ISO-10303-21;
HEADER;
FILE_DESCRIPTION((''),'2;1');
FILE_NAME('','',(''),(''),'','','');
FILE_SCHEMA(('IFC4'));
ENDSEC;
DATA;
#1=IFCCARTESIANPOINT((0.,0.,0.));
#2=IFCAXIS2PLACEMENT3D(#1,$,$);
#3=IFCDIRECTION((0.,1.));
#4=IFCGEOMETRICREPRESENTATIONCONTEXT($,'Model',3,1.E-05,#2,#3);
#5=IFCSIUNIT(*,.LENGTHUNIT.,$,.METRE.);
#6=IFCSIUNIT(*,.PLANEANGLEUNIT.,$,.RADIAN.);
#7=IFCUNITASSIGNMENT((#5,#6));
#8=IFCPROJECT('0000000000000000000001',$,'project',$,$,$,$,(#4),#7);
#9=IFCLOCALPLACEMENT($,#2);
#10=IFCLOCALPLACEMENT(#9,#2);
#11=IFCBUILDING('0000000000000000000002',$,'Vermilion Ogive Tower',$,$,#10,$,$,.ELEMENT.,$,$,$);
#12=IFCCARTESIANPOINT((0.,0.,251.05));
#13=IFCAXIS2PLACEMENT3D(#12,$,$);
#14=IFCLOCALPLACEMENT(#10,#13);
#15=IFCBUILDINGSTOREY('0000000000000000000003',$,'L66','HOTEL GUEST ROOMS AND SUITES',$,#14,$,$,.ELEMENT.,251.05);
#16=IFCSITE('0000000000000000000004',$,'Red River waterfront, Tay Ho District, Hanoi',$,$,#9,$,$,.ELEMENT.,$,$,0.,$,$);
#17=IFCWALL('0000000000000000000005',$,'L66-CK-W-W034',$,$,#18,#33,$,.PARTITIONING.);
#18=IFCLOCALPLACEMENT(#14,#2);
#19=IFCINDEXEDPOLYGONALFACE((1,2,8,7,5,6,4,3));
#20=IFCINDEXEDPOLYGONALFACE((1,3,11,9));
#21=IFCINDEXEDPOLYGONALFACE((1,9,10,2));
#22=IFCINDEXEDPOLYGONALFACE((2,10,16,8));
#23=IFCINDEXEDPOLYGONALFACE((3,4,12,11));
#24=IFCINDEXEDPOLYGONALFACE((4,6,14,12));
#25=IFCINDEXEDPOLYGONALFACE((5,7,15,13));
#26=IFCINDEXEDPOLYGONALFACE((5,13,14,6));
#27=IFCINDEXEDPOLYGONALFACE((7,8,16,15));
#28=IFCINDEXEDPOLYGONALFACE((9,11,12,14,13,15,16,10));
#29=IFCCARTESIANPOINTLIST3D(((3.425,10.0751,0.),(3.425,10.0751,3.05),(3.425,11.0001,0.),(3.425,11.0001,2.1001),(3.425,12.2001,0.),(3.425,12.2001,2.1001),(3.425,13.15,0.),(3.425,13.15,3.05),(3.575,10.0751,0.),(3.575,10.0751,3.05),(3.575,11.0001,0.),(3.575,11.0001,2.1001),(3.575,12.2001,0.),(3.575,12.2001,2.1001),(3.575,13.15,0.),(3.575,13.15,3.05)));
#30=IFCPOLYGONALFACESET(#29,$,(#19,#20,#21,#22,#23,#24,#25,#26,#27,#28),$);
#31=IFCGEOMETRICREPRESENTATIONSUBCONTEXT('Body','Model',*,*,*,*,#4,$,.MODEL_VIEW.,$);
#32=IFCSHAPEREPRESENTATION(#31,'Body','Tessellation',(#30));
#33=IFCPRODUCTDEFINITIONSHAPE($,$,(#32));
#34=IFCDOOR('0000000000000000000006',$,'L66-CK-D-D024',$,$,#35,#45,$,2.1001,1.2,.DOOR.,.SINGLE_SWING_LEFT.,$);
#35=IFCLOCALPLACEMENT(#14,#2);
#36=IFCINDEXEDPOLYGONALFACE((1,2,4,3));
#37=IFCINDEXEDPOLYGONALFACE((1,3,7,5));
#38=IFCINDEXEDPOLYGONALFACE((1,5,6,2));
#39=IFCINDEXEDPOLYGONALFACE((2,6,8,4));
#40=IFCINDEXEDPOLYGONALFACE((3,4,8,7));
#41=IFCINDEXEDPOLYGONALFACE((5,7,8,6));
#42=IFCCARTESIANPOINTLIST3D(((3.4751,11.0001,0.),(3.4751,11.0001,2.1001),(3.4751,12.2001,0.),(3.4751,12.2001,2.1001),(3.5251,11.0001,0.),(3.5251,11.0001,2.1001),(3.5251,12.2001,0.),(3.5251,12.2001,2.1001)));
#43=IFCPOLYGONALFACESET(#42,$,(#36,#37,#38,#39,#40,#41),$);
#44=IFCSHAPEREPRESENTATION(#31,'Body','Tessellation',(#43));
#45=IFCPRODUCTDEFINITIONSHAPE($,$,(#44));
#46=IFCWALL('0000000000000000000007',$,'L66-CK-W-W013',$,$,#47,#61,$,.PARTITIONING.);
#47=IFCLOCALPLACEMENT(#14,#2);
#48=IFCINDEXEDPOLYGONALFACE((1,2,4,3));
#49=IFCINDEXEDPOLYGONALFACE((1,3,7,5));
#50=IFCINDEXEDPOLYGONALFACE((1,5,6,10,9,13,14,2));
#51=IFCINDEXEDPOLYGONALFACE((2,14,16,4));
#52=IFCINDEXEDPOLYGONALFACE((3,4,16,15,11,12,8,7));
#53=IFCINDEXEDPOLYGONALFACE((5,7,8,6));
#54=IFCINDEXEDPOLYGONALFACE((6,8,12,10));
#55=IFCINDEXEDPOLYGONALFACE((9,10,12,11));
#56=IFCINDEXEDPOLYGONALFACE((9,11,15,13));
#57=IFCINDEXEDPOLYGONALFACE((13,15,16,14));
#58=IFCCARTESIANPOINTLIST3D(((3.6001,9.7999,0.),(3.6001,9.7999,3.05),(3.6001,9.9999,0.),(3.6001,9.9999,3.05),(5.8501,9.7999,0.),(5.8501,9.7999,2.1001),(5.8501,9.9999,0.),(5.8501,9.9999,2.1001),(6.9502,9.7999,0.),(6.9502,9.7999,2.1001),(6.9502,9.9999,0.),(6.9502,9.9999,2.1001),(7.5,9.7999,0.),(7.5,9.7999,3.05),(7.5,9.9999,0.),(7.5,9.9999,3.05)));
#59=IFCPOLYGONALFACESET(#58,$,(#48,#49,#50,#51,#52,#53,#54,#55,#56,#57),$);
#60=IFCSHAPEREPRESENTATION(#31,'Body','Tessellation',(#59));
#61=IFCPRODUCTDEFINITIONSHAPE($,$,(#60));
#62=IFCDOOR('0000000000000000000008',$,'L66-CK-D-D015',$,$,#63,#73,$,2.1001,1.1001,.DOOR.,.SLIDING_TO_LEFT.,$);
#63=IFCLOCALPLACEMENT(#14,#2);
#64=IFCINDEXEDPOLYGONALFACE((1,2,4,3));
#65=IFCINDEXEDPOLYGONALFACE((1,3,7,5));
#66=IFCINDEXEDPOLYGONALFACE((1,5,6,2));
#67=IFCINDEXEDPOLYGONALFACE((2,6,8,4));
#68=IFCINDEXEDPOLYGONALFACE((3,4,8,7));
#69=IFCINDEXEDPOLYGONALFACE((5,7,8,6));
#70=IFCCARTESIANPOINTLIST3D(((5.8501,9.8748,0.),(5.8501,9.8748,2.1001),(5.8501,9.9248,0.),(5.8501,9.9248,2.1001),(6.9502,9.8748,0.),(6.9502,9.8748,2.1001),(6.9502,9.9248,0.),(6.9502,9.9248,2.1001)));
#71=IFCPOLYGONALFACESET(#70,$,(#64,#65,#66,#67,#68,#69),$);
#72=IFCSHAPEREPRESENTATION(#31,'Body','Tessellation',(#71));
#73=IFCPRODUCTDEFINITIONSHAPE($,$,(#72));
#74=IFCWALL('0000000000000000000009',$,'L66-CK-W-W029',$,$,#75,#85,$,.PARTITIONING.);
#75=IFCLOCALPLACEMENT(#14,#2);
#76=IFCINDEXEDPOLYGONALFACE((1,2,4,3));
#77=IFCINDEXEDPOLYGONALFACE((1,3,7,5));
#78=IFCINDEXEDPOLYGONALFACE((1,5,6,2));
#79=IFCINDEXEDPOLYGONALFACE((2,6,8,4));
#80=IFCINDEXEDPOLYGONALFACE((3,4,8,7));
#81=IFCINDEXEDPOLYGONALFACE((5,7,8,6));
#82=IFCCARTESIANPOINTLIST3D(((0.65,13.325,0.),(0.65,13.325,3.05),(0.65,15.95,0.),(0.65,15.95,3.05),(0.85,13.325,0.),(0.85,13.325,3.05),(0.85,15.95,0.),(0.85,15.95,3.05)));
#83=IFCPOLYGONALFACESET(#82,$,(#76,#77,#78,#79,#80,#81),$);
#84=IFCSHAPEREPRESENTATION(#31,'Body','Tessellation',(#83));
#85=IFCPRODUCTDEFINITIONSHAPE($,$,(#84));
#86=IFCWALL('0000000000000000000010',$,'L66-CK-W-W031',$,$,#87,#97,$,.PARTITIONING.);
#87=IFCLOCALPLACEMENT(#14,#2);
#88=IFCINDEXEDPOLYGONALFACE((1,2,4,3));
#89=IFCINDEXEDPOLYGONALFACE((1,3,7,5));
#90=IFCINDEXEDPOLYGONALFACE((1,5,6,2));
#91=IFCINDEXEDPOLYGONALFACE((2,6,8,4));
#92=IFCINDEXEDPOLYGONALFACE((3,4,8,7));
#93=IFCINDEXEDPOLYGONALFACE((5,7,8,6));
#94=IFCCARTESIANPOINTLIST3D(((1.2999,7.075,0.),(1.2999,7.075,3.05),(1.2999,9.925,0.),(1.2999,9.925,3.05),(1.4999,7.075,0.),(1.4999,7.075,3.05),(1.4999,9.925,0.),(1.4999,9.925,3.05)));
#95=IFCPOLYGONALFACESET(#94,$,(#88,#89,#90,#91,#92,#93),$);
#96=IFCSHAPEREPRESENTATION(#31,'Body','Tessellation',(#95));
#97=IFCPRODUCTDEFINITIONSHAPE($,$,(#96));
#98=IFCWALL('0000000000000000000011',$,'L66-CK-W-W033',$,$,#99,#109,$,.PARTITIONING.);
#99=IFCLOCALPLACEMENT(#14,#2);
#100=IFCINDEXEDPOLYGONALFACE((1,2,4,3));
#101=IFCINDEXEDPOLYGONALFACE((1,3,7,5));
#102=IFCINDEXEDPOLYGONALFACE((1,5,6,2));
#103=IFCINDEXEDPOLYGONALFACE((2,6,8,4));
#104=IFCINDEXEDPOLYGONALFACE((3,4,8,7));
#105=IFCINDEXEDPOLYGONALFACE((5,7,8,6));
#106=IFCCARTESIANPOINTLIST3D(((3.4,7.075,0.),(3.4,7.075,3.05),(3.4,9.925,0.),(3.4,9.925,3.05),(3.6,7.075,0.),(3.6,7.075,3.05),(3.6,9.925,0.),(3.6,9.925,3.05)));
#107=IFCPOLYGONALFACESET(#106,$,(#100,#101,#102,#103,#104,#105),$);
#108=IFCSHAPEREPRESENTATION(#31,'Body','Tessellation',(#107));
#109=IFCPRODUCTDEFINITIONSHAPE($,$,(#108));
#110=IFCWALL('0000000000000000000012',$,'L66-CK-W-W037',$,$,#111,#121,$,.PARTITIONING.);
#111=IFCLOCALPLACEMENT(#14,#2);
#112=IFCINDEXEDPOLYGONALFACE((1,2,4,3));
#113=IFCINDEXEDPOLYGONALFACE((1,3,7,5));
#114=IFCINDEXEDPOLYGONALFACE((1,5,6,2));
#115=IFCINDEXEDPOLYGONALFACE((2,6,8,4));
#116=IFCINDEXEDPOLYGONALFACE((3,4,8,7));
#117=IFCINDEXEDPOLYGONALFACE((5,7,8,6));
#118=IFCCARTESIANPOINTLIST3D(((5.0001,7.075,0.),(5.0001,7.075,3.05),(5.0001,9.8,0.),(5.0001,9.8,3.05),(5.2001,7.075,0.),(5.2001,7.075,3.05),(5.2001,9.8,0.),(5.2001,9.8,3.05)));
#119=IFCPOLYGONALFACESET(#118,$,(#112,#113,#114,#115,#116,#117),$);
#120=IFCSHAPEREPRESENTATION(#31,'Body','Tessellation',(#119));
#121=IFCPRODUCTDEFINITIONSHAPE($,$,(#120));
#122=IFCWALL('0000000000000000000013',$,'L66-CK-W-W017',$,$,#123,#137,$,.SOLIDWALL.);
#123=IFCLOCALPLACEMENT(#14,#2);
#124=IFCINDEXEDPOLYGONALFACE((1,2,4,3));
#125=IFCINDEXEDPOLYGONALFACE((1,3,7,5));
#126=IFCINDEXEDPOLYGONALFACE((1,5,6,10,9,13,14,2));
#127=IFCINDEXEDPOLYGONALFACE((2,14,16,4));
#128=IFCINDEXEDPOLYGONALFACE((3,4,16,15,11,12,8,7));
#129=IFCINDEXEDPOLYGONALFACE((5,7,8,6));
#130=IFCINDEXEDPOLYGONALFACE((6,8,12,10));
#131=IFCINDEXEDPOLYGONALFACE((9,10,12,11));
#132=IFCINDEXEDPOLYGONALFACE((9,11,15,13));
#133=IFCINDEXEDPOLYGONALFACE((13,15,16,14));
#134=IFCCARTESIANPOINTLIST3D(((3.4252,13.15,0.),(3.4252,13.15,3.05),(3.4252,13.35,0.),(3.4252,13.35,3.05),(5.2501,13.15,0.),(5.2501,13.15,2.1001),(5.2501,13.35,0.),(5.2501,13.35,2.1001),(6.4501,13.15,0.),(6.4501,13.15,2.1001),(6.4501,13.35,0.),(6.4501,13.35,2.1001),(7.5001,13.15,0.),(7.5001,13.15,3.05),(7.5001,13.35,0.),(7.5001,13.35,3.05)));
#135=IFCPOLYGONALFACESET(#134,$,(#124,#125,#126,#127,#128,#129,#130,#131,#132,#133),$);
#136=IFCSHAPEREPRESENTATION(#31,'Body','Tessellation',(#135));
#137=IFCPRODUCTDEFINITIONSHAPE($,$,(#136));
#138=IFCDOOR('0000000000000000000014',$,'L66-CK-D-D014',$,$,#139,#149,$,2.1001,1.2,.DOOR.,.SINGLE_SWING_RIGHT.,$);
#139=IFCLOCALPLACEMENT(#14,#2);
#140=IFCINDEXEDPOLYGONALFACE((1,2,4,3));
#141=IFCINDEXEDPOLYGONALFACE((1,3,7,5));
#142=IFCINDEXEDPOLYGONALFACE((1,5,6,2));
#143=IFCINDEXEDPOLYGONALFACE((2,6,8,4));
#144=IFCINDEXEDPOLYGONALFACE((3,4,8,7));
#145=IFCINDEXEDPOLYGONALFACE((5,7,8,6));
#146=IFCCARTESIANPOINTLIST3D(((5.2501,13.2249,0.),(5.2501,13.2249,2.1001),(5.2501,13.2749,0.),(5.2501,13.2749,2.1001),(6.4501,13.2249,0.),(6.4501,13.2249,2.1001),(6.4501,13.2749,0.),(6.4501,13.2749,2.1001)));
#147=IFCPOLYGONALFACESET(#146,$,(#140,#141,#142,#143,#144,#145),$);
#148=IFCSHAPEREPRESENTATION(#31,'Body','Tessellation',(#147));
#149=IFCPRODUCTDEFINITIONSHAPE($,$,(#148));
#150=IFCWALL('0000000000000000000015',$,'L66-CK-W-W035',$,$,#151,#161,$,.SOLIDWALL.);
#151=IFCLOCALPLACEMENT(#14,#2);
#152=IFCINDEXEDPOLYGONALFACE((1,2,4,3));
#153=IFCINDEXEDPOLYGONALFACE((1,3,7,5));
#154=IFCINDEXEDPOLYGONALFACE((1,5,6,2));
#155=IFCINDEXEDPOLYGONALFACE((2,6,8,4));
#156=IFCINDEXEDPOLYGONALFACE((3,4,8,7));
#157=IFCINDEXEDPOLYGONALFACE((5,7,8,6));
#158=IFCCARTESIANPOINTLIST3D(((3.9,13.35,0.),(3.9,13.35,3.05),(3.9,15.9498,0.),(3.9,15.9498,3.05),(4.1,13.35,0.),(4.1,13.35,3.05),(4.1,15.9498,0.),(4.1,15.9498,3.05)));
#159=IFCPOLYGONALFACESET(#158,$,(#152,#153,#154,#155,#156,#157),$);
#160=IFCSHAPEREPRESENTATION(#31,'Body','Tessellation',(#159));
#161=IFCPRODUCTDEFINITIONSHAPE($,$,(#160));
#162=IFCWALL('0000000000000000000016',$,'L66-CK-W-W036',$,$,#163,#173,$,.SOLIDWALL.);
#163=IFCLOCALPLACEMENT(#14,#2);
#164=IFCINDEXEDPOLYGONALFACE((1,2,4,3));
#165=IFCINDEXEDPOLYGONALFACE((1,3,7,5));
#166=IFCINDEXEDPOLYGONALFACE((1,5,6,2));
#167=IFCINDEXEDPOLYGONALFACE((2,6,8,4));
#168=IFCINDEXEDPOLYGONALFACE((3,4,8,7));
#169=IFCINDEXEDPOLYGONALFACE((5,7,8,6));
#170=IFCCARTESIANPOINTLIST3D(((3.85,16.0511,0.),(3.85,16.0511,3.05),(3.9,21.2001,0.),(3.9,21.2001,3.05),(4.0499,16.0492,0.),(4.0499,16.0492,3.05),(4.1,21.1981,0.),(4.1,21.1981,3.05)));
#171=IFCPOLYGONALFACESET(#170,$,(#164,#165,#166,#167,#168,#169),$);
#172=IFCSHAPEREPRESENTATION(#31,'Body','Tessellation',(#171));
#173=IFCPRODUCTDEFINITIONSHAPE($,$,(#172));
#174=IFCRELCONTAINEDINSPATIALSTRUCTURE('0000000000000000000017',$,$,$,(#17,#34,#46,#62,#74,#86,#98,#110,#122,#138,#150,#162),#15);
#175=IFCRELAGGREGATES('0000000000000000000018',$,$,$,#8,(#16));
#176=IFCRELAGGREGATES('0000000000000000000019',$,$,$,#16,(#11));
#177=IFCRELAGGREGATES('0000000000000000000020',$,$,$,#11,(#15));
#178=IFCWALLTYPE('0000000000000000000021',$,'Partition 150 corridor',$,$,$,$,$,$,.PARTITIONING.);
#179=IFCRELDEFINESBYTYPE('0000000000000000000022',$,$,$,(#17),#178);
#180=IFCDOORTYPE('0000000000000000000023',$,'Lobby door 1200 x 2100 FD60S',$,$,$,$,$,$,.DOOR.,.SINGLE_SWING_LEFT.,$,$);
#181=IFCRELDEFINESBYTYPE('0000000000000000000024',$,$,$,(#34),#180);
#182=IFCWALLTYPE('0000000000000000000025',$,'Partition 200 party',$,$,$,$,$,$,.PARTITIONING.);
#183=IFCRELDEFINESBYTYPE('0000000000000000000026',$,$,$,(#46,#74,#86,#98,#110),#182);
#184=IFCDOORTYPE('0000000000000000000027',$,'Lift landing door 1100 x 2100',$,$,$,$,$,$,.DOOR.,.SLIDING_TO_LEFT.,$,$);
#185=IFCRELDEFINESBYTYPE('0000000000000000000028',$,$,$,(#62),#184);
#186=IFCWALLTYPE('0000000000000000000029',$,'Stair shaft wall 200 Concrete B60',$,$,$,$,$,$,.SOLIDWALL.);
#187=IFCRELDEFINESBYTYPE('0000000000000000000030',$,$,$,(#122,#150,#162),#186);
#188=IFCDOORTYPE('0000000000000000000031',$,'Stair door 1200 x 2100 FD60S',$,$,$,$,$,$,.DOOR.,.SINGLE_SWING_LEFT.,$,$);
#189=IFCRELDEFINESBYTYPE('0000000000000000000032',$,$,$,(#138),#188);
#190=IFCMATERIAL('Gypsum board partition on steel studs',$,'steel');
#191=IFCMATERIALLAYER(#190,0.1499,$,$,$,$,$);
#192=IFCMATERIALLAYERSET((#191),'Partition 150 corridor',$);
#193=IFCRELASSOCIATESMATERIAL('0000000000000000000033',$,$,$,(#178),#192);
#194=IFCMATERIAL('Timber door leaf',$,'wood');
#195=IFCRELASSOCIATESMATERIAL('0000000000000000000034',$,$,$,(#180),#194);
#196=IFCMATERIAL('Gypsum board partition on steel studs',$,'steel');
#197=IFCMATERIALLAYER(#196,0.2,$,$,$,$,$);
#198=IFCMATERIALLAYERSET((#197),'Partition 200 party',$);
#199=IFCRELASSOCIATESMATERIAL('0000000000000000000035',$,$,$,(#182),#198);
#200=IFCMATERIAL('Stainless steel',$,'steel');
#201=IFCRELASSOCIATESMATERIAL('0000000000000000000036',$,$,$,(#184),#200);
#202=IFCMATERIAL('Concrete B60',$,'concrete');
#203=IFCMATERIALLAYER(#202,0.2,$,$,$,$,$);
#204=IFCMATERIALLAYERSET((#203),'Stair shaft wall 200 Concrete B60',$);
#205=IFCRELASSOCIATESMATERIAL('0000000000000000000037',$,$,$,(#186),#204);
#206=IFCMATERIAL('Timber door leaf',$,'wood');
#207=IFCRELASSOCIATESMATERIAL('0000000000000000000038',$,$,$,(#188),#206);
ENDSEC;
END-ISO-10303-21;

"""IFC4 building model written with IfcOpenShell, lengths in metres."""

from ifc_helpers import new_model, si_unit, direction, frame, frame_2d, origin, place, context, subcontext, project, spatial, rectangle, extrude, material, layer, layer_set, type_object, element, fill, save


model = new_model("IFC4")

# Units and contexts
model_context = context("Model", 3, precision=1e-05, world=origin(), true_north=direction((0.0, 1.0)))
body_context = subcontext(model_context, "Body", "Model", "MODEL_VIEW")
ifc_project = project(units=[si_unit("LENGTHUNIT", "METRE"), si_unit("PLANEANGLEUNIT", "RADIAN")], contexts=[model_context])

# Site, building, storey
site_placement = place(None, origin())
site = spatial("IfcSite", under=ifc_project, at=site_placement, Name="Red River waterfront, Tay Ho District, Hanoi", CompositionType="ELEMENT", RefElevation=0.0)
building_placement = place(site_placement, origin())
building = spatial("IfcBuilding", under=site, at=building_placement, Name="Vermilion Ogive Tower", CompositionType="ELEMENT")
storey_placement = place(building_placement, frame((0.0, 0.0, 251.05)))
storey = spatial("IfcBuildingStorey", under=building, at=storey_placement, Name="L66", Description="HOTEL GUEST ROOMS AND SUITES", CompositionType="ELEMENT", Elevation=251.05)

# Shared definitions
ifc_material_1 = material(Name="Gypsum board partition on steel studs", Category="steel")
ifc_layer_1 = layer(ifc_material_1, 0.1499)
ifc_layer_set_1 = layer_set([ifc_layer_1], Name="Partition 150 corridor")
wall_type_1 = type_object("IfcWallType", Name="Partition 150 corridor", PredefinedType="PARTITIONING", material=ifc_layer_set_1)

# Walls, openings, doors
wall_1_placement = place(storey_placement, frame((3.5, 10.075, 0.0), z_axis=(0.0, 0.0, 1.0), x_axis=(0.0, 1.0, 0.0)))
wall_1 = element("IfcWall", 1, at=wall_1_placement, inside=storey, type_object=wall_type_1, Name="L66-CK-W-W034", PredefinedType="PARTITIONING", context=body_context, shape_type="SweptSolid", body=[
    extrude(rectangle(XDim=3.075, YDim=0.1499, at=frame_2d((1.5376, 0.0))), origin(), (0.0, 0.0, 1.0), 3.05),
])
opening_1_placement = place(wall_1_placement, frame((0.925, 0.0, 0.0)))
opening_1 = element("IfcOpeningElement", 2, at=opening_1_placement, cuts=wall_1, PredefinedType="OPENING", context=body_context, shape_type="SweptSolid", body=[
    extrude(rectangle(XDim=1.2, YDim=2.1001, at=frame_2d((0.6001, 1.05))), frame((0.0, 0.085, 0.0), z_axis=(0.0, -1.0, 0.0), x_axis=(1.0, 0.0, 0.0)), (0.0, 0.0, 1.0), 0.1699),
])
ifc_material_2 = material(Name="Timber door leaf", Category="wood")
door_type_1 = type_object("IfcDoorType", Name="Lobby door 1200 x 2100 FD60S", OperationType="SINGLE_SWING_LEFT", PredefinedType="DOOR", material=ifc_material_2)
door_1_placement = place(opening_1_placement, origin())
door_1 = element("IfcDoor", 3, at=door_1_placement, inside=storey, type_object=door_type_1, Name="L66-CK-D-D024", OperationType="SINGLE_SWING_LEFT", OverallHeight=2.1001, OverallWidth=1.2, PredefinedType="DOOR", context=body_context, shape_type="SweptSolid", body=[
    extrude(rectangle(XDim=1.2, YDim=2.1001, at=frame_2d((0.6001, 1.05))), frame((0.0, 0.0249, 0.0), z_axis=(0.0, -1.0, 0.0), x_axis=(1.0, 0.0, 0.0)), (0.0, 0.0, 1.0), 0.05),
])
fill(opening_1, door_1)
ifc_material_3 = material(Name="Gypsum board partition on steel studs", Category="steel")
ifc_layer_2 = layer(ifc_material_3, 0.2)
ifc_layer_set_2 = layer_set([ifc_layer_2], Name="Partition 200 party")
wall_type_2 = type_object("IfcWallType", Name="Partition 200 party", PredefinedType="PARTITIONING", material=ifc_layer_set_2)
wall_2_placement = place(storey_placement, frame((3.6001, 9.8999, 0.0), z_axis=(0.0, 0.0, 1.0), x_axis=(1.0, 0.0, 0.0)))
wall_2 = element("IfcWall", 4, at=wall_2_placement, inside=storey, type_object=wall_type_2, Name="L66-CK-W-W013", PredefinedType="PARTITIONING", context=body_context, shape_type="SweptSolid", body=[
    extrude(rectangle(XDim=3.8999, YDim=0.2, at=frame_2d((1.95, 0.0))), origin(), (0.0, 0.0, 1.0), 3.05),
])
opening_2_placement = place(wall_2_placement, frame((2.25, 0.0, 0.0)))
opening_2 = element("IfcOpeningElement", 5, at=opening_2_placement, cuts=wall_2, PredefinedType="OPENING", context=body_context, shape_type="SweptSolid", body=[
    extrude(rectangle(XDim=1.1001, YDim=2.1001, at=frame_2d((0.55, 1.05))), frame((0.0, 0.1099, 0.0), z_axis=(0.0, -1.0, 0.0), x_axis=(1.0, 0.0, 0.0)), (0.0, 0.0, 1.0), 0.22),
])
ifc_material_4 = material(Name="Stainless steel", Category="steel")
door_type_2 = type_object("IfcDoorType", Name="Lift landing door 1100 x 2100", OperationType="SLIDING_TO_LEFT", PredefinedType="DOOR", material=ifc_material_4)
door_2_placement = place(opening_2_placement, origin())
door_2 = element("IfcDoor", 6, at=door_2_placement, inside=storey, type_object=door_type_2, Name="L66-CK-D-D015", OperationType="SLIDING_TO_LEFT", OverallHeight=2.1001, OverallWidth=1.1001, PredefinedType="DOOR", context=body_context, shape_type="SweptSolid", body=[
    extrude(rectangle(XDim=1.1001, YDim=2.1001, at=frame_2d((0.55, 1.05))), frame((0.0, 0.0249, 0.0), z_axis=(0.0, -1.0, 0.0), x_axis=(1.0, 0.0, 0.0)), (0.0, 0.0, 1.0), 0.05),
])
fill(opening_2, door_2)

# Walls
wall_3_placement = place(storey_placement, frame((0.75, 13.325, 0.0), z_axis=(0.0, 0.0, 1.0), x_axis=(0.0, 1.0, 0.0)))
element("IfcWall", 7, at=wall_3_placement, inside=storey, type_object=wall_type_2, Name="L66-CK-W-W029", PredefinedType="PARTITIONING", context=body_context, shape_type="SweptSolid", body=[
    extrude(rectangle(XDim=2.625, YDim=0.2, at=frame_2d((1.3125, 0.0))), origin(), (0.0, 0.0, 1.0), 3.05),
])
for number, where, z_axis, x_axis, name in (
    (8, (1.3999, 7.075, 0.0), (0.0, 0.0, 1.0), (0.0, 1.0, 0.0), "L66-CK-W-W031"),
    (9, (3.5, 7.075, 0.0), (0.0, 0.0, 1.0), (0.0, 1.0, 0.0), "L66-CK-W-W033"),
):
    element("IfcWall", number, at=place(storey_placement, frame(where, z_axis=z_axis, x_axis=x_axis)), inside=storey, type_object=wall_type_2, Name=name, PredefinedType="PARTITIONING", context=body_context, shape_type="SweptSolid", body=[
        extrude(rectangle(XDim=2.8501, YDim=0.2, at=frame_2d((1.425, 0.0))), origin(), (0.0, 0.0, 1.0), 3.05),
    ])
wall_4_placement = place(storey_placement, frame((5.1001, 7.075, 0.0), z_axis=(0.0, 0.0, 1.0), x_axis=(0.0, 1.0, 0.0)))
element("IfcWall", 10, at=wall_4_placement, inside=storey, type_object=wall_type_2, Name="L66-CK-W-W037", PredefinedType="PARTITIONING", context=body_context, shape_type="SweptSolid", body=[
    extrude(rectangle(XDim=2.7251, YDim=0.2, at=frame_2d((1.3625, 0.0))), origin(), (0.0, 0.0, 1.0), 3.05),
])

# Wall, opening, door
ifc_material_5 = material(Name="Concrete B60", Category="concrete")
ifc_layer_3 = layer(ifc_material_5, 0.2)
ifc_layer_set_3 = layer_set([ifc_layer_3], Name="Stair shaft wall 200 Concrete B60")
wall_type_3 = type_object("IfcWallType", Name="Stair shaft wall 200 Concrete B60", PredefinedType="SOLIDWALL", material=ifc_layer_set_3)
wall_5_placement = place(storey_placement, frame((3.425, 13.25, 0.0), z_axis=(0.0, 0.0, 1.0), x_axis=(1.0, 0.0, 0.0)))
wall_5 = element("IfcWall", 11, at=wall_5_placement, inside=storey, type_object=wall_type_3, Name="L66-CK-W-W017", PredefinedType="SOLIDWALL", context=body_context, shape_type="SweptSolid", body=[
    extrude(rectangle(XDim=4.075, YDim=0.2, at=frame_2d((2.0376, 0.0))), origin(), (0.0, 0.0, 1.0), 3.05),
])
opening_3_placement = place(wall_5_placement, frame((1.825, 0.0, 0.0)))
opening_3 = element("IfcOpeningElement", 12, at=opening_3_placement, cuts=wall_5, PredefinedType="OPENING", context=body_context, shape_type="SweptSolid", body=[
    extrude(rectangle(XDim=1.2, YDim=2.1001, at=frame_2d((0.6001, 1.05))), frame((0.0, 0.1099, 0.0), z_axis=(0.0, -1.0, 0.0), x_axis=(1.0, 0.0, 0.0)), (0.0, 0.0, 1.0), 0.22),
])
ifc_material_6 = material(Name="Timber door leaf", Category="wood")
door_type_3 = type_object("IfcDoorType", Name="Stair door 1200 x 2100 FD60S", OperationType="SINGLE_SWING_LEFT", PredefinedType="DOOR", material=ifc_material_6)
door_3_placement = place(opening_3_placement, origin())
door_3 = element("IfcDoor", 13, at=door_3_placement, inside=storey, type_object=door_type_3, Name="L66-CK-D-D014", OperationType="SINGLE_SWING_RIGHT", OverallHeight=2.1001, OverallWidth=1.2, PredefinedType="DOOR", context=body_context, shape_type="SweptSolid", body=[
    extrude(rectangle(XDim=1.2, YDim=2.1001, at=frame_2d((0.6001, 1.05))), frame((0.0, 0.0249, 0.0), z_axis=(0.0, -1.0, 0.0), x_axis=(1.0, 0.0, 0.0)), (0.0, 0.0, 1.0), 0.05),
])
fill(opening_3, door_3)

# Walls
wall_6_placement = place(storey_placement, frame((4.0, 13.3501, 0.0), z_axis=(0.0, 0.0, 1.0), x_axis=(0.0, 1.0, 0.0)))
element("IfcWall", 14, at=wall_6_placement, inside=storey, type_object=wall_type_3, Name="L66-CK-W-W035", PredefinedType="SOLIDWALL", context=body_context, shape_type="SweptSolid", body=[
    extrude(rectangle(XDim=2.5999, YDim=0.2, at=frame_2d((1.2998, 0.0))), origin(), (0.0, 0.0, 1.0), 3.05),
])
wall_7_placement = place(storey_placement, frame((3.95, 16.05, 0.0), z_axis=(0.0, 0.0, 1.0), x_axis=(0.00972, 0.999953, 0.0)))
element("IfcWall", 15, at=wall_7_placement, inside=storey, type_object=wall_type_3, Name="L66-CK-W-W036", PredefinedType="SOLIDWALL", context=body_context, shape_type="SweptSolid", body=[
    extrude(rectangle(XDim=5.1492, YDim=0.2, at=frame_2d((2.5747, 0.0))), origin(), (0.0, 0.0, 1.0), 3.05),
])

save(model, "model.ifc")
